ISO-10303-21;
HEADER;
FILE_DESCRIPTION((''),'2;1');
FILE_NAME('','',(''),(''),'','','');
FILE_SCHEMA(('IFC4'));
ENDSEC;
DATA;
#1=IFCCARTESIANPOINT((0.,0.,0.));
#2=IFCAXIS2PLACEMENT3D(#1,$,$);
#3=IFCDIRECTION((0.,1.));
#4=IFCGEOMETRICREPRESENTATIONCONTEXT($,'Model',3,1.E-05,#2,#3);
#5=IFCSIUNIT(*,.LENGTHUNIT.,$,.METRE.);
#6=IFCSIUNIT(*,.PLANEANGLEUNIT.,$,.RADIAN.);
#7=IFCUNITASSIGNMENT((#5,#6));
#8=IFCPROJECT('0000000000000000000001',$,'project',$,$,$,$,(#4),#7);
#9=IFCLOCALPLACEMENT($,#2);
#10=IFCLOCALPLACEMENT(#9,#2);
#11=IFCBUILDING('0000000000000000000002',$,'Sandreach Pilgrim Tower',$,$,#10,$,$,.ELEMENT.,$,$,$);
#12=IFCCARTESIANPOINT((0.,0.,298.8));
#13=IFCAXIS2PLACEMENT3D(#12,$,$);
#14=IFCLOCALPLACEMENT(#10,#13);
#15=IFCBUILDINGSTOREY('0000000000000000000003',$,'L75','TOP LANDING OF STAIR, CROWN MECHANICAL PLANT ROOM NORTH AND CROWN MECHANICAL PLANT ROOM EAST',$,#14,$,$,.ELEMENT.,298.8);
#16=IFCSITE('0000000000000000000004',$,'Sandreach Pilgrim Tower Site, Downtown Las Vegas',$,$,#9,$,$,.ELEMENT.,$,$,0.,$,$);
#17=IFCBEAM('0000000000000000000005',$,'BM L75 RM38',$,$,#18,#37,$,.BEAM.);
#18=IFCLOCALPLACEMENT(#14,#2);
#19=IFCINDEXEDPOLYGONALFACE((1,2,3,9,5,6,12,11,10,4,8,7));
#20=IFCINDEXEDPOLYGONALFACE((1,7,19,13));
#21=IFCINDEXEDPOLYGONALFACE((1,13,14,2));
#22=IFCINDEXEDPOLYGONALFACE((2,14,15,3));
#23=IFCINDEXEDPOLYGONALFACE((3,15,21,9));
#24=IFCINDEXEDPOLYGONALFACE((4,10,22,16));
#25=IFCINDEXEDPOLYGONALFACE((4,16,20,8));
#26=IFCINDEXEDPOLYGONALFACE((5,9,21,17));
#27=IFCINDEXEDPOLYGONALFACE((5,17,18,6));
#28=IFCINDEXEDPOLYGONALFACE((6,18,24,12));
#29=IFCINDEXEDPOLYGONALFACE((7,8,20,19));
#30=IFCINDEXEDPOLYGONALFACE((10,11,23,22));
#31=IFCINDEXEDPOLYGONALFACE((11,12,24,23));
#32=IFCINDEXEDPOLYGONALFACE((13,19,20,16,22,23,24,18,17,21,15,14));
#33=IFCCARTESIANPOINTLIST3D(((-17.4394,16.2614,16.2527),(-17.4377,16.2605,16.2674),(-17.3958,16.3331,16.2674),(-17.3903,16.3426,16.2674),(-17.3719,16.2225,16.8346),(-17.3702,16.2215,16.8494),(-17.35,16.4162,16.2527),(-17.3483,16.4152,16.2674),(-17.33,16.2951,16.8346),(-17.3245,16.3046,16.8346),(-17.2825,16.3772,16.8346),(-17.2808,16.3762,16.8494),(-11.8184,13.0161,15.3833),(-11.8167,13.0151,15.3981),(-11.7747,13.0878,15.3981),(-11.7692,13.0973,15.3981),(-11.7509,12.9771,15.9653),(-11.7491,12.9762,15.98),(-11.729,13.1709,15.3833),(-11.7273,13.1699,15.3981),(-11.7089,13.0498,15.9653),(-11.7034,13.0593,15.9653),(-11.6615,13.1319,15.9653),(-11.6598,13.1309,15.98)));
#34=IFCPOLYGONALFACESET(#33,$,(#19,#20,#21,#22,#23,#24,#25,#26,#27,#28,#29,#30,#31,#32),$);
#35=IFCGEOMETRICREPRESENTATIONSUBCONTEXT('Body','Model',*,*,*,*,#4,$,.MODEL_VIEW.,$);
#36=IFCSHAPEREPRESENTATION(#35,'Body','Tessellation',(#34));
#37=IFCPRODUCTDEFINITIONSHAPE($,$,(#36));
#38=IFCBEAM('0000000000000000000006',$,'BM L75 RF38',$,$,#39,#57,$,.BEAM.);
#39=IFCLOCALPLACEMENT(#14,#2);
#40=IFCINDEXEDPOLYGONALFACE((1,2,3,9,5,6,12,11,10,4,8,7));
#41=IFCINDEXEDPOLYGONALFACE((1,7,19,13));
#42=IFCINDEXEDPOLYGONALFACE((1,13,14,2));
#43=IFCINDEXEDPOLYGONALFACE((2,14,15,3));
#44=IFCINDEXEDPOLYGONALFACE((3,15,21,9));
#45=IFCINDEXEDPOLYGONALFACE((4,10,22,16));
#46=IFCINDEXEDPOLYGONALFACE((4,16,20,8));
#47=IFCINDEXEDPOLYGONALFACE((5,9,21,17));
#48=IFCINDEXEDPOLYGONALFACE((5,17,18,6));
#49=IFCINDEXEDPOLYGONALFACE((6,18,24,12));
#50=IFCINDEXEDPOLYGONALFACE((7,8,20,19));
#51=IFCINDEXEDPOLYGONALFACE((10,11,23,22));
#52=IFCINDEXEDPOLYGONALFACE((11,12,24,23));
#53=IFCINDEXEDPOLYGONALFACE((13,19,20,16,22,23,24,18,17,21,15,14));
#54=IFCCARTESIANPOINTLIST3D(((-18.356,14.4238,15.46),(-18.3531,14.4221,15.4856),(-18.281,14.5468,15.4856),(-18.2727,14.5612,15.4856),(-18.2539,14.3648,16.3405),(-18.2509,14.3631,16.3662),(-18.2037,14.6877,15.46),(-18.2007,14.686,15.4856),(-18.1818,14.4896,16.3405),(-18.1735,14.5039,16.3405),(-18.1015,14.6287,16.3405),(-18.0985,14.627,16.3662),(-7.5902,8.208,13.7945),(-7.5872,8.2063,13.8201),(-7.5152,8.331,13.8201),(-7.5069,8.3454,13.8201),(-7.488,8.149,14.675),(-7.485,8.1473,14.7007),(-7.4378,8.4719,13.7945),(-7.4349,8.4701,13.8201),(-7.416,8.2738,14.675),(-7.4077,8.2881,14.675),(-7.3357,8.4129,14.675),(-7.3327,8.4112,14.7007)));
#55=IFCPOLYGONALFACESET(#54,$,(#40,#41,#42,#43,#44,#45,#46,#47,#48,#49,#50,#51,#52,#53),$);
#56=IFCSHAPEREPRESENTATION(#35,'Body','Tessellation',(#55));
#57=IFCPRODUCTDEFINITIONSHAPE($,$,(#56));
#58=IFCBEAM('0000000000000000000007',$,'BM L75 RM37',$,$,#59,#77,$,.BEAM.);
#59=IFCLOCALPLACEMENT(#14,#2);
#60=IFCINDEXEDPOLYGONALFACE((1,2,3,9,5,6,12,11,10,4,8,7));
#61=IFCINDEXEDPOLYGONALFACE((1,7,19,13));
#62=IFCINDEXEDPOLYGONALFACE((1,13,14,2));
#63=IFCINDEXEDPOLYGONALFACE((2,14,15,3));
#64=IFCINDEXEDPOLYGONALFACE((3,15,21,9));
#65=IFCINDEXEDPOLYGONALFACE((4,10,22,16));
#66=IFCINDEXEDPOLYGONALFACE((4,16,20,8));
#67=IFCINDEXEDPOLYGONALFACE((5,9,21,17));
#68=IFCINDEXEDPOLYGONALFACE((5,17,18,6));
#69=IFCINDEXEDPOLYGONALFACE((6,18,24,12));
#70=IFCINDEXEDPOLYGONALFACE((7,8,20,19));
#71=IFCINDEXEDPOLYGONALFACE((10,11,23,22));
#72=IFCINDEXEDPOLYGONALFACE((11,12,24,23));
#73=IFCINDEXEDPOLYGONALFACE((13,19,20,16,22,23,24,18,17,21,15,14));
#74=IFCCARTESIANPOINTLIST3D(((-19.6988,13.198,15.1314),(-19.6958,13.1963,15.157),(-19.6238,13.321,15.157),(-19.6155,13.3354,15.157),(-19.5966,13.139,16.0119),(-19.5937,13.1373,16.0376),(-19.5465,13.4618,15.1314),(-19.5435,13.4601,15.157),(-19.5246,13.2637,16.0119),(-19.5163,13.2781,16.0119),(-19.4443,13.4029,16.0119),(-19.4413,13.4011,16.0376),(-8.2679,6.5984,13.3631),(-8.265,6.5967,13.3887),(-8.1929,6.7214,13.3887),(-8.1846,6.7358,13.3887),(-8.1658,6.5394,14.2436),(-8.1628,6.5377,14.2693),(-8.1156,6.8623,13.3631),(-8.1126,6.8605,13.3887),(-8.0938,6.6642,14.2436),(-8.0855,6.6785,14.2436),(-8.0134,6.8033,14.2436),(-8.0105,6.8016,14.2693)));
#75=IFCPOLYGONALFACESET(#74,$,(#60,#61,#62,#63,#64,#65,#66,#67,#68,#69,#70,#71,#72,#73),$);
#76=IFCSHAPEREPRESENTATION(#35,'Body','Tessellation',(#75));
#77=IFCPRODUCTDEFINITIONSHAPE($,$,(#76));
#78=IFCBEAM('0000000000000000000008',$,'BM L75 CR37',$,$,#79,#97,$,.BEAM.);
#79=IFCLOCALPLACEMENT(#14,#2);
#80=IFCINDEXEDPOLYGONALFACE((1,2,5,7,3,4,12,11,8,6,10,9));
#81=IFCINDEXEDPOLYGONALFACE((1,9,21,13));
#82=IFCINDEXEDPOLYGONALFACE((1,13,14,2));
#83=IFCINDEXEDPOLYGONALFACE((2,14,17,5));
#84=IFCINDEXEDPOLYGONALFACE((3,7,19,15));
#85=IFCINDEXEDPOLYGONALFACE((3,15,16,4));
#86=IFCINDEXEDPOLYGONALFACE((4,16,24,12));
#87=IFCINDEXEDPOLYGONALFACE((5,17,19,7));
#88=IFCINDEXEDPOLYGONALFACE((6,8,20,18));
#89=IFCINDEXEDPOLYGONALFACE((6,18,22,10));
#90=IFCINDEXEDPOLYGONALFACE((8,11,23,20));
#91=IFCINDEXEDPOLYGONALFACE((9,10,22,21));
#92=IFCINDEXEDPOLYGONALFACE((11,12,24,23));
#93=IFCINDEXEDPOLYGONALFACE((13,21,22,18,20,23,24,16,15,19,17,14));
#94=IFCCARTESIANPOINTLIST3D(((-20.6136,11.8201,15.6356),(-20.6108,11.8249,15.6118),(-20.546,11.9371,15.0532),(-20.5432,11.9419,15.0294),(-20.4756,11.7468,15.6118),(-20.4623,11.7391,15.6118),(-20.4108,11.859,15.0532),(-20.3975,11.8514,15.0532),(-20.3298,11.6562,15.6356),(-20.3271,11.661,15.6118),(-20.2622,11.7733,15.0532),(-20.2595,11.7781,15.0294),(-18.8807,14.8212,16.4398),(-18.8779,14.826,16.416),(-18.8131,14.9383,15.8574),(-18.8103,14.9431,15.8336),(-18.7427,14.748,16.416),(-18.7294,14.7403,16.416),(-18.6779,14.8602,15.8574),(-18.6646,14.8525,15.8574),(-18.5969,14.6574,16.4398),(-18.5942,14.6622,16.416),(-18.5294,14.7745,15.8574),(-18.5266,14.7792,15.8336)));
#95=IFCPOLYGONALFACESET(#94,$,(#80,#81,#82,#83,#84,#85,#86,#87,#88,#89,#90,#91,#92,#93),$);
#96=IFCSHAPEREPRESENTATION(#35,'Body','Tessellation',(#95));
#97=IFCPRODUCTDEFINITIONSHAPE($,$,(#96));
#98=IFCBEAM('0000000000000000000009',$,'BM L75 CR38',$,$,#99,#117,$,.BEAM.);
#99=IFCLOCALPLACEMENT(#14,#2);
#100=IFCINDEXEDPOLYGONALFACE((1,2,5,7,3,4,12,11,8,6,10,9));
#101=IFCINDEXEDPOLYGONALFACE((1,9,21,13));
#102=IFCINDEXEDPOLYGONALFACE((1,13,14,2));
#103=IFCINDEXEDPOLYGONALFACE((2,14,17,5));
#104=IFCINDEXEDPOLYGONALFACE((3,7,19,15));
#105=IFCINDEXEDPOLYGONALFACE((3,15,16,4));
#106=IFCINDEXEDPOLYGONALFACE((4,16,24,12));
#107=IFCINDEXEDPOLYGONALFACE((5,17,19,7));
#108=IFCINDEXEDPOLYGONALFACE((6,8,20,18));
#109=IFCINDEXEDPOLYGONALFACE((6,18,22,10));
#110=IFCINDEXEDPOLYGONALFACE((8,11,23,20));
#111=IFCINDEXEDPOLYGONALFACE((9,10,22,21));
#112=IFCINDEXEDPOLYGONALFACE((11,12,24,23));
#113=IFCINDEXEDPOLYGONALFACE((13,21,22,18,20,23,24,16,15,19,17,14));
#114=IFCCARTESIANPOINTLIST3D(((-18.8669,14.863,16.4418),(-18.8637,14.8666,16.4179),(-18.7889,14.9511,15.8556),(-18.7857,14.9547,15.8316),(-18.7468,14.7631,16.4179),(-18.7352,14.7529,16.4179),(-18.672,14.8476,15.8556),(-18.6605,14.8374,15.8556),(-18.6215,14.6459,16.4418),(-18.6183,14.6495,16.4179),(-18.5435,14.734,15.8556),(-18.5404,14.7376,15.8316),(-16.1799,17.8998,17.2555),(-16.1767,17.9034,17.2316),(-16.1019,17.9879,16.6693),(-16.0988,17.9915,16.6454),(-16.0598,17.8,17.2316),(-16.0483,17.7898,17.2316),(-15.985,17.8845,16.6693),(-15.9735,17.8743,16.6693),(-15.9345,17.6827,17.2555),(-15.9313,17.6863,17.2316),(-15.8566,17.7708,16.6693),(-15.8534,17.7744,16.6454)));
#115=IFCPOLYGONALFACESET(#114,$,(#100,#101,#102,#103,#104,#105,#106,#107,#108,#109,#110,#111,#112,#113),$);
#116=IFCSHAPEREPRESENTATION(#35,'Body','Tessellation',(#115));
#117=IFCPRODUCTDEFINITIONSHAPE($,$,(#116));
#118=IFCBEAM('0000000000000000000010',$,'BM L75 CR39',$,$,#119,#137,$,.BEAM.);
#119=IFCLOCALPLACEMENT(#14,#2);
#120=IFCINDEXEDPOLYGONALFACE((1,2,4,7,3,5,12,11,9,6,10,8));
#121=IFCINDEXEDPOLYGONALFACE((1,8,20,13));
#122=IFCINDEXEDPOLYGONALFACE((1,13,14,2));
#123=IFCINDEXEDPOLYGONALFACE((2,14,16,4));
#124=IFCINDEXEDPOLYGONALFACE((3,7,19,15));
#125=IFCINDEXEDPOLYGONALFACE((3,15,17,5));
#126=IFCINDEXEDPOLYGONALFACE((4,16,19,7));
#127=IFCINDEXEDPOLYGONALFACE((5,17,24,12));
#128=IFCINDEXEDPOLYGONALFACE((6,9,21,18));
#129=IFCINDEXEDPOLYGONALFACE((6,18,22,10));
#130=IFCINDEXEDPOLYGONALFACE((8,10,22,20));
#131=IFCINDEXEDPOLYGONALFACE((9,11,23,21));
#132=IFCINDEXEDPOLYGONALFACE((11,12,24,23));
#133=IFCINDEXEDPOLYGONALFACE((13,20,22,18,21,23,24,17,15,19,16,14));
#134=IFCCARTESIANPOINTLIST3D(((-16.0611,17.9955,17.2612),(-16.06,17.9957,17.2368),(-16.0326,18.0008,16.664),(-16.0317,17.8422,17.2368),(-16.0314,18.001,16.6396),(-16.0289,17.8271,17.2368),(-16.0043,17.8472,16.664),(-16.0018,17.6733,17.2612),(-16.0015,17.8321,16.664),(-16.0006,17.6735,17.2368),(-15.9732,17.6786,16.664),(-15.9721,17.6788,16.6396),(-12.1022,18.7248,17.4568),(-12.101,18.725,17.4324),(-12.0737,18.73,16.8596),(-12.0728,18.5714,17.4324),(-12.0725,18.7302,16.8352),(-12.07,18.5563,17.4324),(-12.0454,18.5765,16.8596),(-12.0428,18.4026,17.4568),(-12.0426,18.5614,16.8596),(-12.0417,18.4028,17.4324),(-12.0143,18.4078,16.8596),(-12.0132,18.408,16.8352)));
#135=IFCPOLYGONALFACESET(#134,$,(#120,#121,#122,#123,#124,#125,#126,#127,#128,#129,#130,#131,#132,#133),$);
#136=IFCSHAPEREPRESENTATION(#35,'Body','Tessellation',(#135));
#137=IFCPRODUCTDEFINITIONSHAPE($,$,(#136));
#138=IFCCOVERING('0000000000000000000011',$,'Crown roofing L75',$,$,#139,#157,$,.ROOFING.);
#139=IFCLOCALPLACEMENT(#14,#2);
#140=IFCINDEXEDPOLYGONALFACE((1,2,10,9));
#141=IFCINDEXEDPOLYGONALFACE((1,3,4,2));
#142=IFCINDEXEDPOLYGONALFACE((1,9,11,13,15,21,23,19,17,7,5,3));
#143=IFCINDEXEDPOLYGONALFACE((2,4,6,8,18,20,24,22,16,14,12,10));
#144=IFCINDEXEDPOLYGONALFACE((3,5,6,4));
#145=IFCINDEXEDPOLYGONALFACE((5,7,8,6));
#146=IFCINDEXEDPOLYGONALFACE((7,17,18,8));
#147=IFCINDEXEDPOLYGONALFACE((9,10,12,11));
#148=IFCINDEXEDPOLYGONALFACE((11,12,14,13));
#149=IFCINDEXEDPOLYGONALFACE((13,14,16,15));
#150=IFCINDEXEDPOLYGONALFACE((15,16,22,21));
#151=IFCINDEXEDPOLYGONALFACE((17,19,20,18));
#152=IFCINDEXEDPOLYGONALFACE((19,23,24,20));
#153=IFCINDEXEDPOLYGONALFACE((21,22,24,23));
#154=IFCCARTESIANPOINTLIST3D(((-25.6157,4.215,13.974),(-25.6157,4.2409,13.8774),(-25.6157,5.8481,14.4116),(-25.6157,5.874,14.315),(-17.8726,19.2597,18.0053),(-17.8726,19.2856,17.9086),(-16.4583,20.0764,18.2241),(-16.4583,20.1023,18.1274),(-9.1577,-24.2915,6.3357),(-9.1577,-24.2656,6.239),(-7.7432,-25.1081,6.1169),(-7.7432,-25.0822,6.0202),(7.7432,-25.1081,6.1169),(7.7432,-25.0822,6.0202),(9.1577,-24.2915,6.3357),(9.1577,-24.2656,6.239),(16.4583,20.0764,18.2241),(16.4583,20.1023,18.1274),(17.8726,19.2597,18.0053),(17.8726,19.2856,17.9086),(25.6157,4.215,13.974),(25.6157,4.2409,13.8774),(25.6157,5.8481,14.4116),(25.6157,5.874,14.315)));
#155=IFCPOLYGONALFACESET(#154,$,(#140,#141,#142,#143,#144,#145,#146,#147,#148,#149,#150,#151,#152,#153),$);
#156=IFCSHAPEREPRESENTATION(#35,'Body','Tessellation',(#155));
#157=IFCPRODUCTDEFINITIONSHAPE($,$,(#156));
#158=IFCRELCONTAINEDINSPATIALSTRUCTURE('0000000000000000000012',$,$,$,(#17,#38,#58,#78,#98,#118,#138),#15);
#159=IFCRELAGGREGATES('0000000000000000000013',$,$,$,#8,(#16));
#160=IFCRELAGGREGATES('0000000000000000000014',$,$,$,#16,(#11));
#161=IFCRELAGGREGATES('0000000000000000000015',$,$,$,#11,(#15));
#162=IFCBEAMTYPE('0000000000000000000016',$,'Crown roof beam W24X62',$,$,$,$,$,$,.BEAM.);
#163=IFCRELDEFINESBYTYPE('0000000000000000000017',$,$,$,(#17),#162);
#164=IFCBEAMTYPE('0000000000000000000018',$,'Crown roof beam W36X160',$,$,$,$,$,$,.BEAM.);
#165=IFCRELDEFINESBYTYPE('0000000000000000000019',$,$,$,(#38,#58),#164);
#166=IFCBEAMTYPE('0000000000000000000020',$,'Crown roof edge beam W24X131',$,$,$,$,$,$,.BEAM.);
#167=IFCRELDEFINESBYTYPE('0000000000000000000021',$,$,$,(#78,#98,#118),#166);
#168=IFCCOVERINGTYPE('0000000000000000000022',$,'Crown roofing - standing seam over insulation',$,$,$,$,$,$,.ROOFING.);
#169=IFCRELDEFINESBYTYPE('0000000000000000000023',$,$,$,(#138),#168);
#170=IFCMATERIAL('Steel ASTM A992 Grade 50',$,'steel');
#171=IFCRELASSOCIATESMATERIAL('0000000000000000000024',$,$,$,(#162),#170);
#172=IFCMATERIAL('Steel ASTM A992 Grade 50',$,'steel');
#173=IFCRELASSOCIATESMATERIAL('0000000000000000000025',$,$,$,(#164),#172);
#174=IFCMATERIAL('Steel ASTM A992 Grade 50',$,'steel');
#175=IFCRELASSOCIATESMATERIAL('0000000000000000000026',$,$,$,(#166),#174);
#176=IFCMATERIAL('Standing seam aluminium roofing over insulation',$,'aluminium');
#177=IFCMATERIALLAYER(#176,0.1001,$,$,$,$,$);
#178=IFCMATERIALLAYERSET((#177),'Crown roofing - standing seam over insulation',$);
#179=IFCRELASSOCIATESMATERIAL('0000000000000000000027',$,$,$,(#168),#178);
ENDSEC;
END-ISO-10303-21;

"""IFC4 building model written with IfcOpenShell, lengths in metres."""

from ifc_helpers import new_model, si_unit, direction, frame, origin, origin_2d, place, context, subcontext, project, spatial, polyline, i_section, outline, extrude, material, layer, layer_set, material_profile, profile_set, type_object, element, save


model = new_model("IFC4")

# Units and contexts
model_context = context("Model", 3, precision=1e-05, world=origin(), true_north=direction((0.0, 1.0)))
body_context = subcontext(model_context, "Body", "Model", "MODEL_VIEW")
ifc_project = project(units=[si_unit("LENGTHUNIT", "METRE"), si_unit("PLANEANGLEUNIT", "RADIAN")], contexts=[model_context])

# Site, building, storey
site_placement = place(None, origin())
site = spatial("IfcSite", under=ifc_project, at=site_placement, Name="Sandreach Pilgrim Tower Site, Downtown Las Vegas", CompositionType="ELEMENT", RefElevation=0.0)
building_placement = place(site_placement, origin())
building = spatial("IfcBuilding", under=site, at=building_placement, Name="Sandreach Pilgrim Tower", CompositionType="ELEMENT")
storey_placement = place(building_placement, frame((0.0, 0.0, 298.8)))
storey = spatial("IfcBuildingStorey", under=building, at=storey_placement, Name="L75", Description="TOP LANDING OF STAIR, CROWN MECHANICAL PLANT ROOM NORTH AND CROWN MECHANICAL PLANT ROOM EAST", CompositionType="ELEMENT", Elevation=298.8)

# Beams
ifc_material_1 = material(Name="Steel ASTM A992 Grade 50", Category="steel")
ifc_material_profile_1 = material_profile(ifc_material_1, i_section(OverallWidth=0.1787, OverallDepth=0.6021, WebThickness=0.011, FlangeThickness=0.0149, at=origin_2d()), Name="W24X62")
ifc_profile_set_1 = profile_set([ifc_material_profile_1], Name="Steel ASTM A992 Grade 50")
beam_type_1 = type_object("IfcBeamType", Name="Crown roof beam W24X62", PredefinedType="BEAM", material=ifc_profile_set_1)
beam_1_placement = place(storey_placement, frame((-17.3601, 16.3188, 16.551), z_axis=(0.858358, -0.495577, -0.132758), x_axis=(0.500002, 0.866024, 0.0)))
element("IfcBeam", 1, at=beam_1_placement, inside=storey, type_object=beam_type_1, Name="BM L75 RM38", PredefinedType="BEAM", context=body_context, shape_type="SweptSolid", body=[
    extrude(i_section(OverallWidth=0.1787, OverallDepth=0.6021, WebThickness=0.011, FlangeThickness=0.0149, at=origin_2d()), origin(), (0.0, 0.0, 1.0), 6.5486),
])
ifc_material_2 = material(Name="Steel ASTM A992 Grade 50", Category="steel")
ifc_material_profile_2 = material_profile(ifc_material_2, i_section(OverallWidth=0.3047, OverallDepth=0.9143, WebThickness=0.0166, FlangeThickness=0.0259, at=origin_2d()), Name="W36X160")
ifc_profile_set_2 = profile_set([ifc_material_profile_2], Name="Steel ASTM A992 Grade 50")
beam_type_2 = type_object("IfcBeamType", Name="Crown roof beam W36X160", PredefinedType="BEAM", material=ifc_profile_set_2)
beam_2_placement = place(storey_placement, frame((-18.2273, 14.5254, 15.9131), z_axis=(0.858351, -0.495581, -0.132791), x_axis=(0.500009, 0.86602, 0.0)))
element("IfcBeam", 2, at=beam_2_placement, inside=storey, type_object=beam_type_2, Name="BM L75 RF38", PredefinedType="BEAM", context=body_context, shape_type="SweptSolid", body=[
    extrude(i_section(OverallWidth=0.3047, OverallDepth=0.9143, WebThickness=0.0166, FlangeThickness=0.0259, at=origin_2d()), origin(), (0.0, 0.0, 1.0), 12.5425),
])
beam_3_placement = place(storey_placement, frame((-19.5701, 13.2996, 15.5845), z_axis=(0.858358, -0.495571, -0.132784), x_axis=(0.499998, 0.866026, 0.0)))
element("IfcBeam", 3, at=beam_3_placement, inside=storey, type_object=beam_type_2, Name="BM L75 RM37", PredefinedType="BEAM", context=body_context, shape_type="SweptSolid", body=[
    extrude(i_section(OverallWidth=0.3047, OverallDepth=0.9143, WebThickness=0.0166, FlangeThickness=0.0259, at=origin_2d()), origin(), (0.0, 0.0, 1.0), 13.3171),
])
ifc_material_3 = material(Name="Steel ASTM A992 Grade 50", Category="steel")
ifc_material_profile_3 = material_profile(ifc_material_3, i_section(OverallWidth=0.3276, OverallDepth=0.6223, WebThickness=0.0154, FlangeThickness=0.0244, at=origin_2d()), Name="W24X131")
ifc_profile_set_3 = profile_set([ifc_material_profile_3], Name="Steel ASTM A992 Grade 50")
beam_type_3 = type_object("IfcBeamType", Name="Crown roof edge beam W24X131", PredefinedType="BEAM", material=ifc_profile_set_3)
beam_4_placement = place(storey_placement, frame((-20.4365, 11.7991, 15.3325), z_axis=(0.487091, 0.843591, 0.226046), x_axis=(-0.866006, 0.500033, 0.0)))
element("IfcBeam", 4, at=beam_4_placement, inside=storey, type_object=beam_type_3, Name="BM L75 CR37", PredefinedType="BEAM", context=body_context, shape_type="SweptSolid", body=[
    extrude(i_section(OverallWidth=0.3276, OverallDepth=0.6223, WebThickness=0.0154, FlangeThickness=0.0244, at=origin_2d()), origin(), (0.0, 0.0, 1.0), 3.5576),
])
beam_5_placement = place(storey_placement, frame((-18.7036, 14.8003, 16.1367), z_axis=(0.649698, 0.73429, 0.196751), x_axis=(-0.748929, 0.662651, 0.0)))
element("IfcBeam", 5, at=beam_5_placement, inside=storey, type_object=beam_type_3, Name="BM L75 CR38", PredefinedType="BEAM", context=body_context, shape_type="SweptSolid", body=[
    extrude(i_section(OverallWidth=0.3276, OverallDepth=0.6223, WebThickness=0.0154, FlangeThickness=0.0244, at=origin_2d()), origin(), (0.0, 0.0, 1.0), 4.1357),
])
beam_6_placement = place(storey_placement, frame((-16.0166, 17.8372, 16.9504), z_axis=(0.982297, 0.18094, 0.048521), x_axis=(-0.181153, 0.983455, 0.0)))
element("IfcBeam", 6, at=beam_6_placement, inside=storey, type_object=beam_type_3, Name="BM L75 CR39", PredefinedType="BEAM", context=body_context, shape_type="SweptSolid", body=[
    extrude(i_section(OverallWidth=0.3276, OverallDepth=0.6223, WebThickness=0.0154, FlangeThickness=0.0244, at=origin_2d()), origin(), (0.0, 0.0, 1.0), 4.0303),
])

# Covering
ifc_material_4 = material(Name="Standing seam aluminium roofing over insulation", Category="aluminium")
ifc_layer_1 = layer(ifc_material_4, 0.1001)
ifc_layer_set_1 = layer_set([ifc_layer_1], Name="Crown roofing - standing seam over insulation")
covering_type = type_object("IfcCoveringType", Name="Crown roofing - standing seam over insulation", PredefinedType="ROOFING", material=ifc_layer_set_1)
covering_placement = place(storey_placement, frame((-16.4583, 20.0764, 18.2241), z_axis=(0.0, -0.258821, 0.965925), x_axis=(1.0, 0.0, 0.0)))
element("IfcCovering", 7, at=covering_placement, inside=storey, type_object=covering_type, Name="Crown roofing L75", PredefinedType="ROOFING", context=body_context, shape_type="SweptSolid", body=[
    extrude(outline(polyline([(0.0, 0.0), (32.9165, 0.0), (34.3308, -0.8455), (42.074, -14.7302), (42.074, -16.4209), (25.616, -45.9331), (24.2014, -46.7785), (8.7151, -46.7785), (7.3005, -45.9331), (-9.1575, -16.4209), (-9.1575, -14.7302), (-1.4143, -0.8455), (0.0, 0.0)])), origin(), (0.0, 0.0, -1.0), 0.1001),
])

save(model, "model.ifc")
